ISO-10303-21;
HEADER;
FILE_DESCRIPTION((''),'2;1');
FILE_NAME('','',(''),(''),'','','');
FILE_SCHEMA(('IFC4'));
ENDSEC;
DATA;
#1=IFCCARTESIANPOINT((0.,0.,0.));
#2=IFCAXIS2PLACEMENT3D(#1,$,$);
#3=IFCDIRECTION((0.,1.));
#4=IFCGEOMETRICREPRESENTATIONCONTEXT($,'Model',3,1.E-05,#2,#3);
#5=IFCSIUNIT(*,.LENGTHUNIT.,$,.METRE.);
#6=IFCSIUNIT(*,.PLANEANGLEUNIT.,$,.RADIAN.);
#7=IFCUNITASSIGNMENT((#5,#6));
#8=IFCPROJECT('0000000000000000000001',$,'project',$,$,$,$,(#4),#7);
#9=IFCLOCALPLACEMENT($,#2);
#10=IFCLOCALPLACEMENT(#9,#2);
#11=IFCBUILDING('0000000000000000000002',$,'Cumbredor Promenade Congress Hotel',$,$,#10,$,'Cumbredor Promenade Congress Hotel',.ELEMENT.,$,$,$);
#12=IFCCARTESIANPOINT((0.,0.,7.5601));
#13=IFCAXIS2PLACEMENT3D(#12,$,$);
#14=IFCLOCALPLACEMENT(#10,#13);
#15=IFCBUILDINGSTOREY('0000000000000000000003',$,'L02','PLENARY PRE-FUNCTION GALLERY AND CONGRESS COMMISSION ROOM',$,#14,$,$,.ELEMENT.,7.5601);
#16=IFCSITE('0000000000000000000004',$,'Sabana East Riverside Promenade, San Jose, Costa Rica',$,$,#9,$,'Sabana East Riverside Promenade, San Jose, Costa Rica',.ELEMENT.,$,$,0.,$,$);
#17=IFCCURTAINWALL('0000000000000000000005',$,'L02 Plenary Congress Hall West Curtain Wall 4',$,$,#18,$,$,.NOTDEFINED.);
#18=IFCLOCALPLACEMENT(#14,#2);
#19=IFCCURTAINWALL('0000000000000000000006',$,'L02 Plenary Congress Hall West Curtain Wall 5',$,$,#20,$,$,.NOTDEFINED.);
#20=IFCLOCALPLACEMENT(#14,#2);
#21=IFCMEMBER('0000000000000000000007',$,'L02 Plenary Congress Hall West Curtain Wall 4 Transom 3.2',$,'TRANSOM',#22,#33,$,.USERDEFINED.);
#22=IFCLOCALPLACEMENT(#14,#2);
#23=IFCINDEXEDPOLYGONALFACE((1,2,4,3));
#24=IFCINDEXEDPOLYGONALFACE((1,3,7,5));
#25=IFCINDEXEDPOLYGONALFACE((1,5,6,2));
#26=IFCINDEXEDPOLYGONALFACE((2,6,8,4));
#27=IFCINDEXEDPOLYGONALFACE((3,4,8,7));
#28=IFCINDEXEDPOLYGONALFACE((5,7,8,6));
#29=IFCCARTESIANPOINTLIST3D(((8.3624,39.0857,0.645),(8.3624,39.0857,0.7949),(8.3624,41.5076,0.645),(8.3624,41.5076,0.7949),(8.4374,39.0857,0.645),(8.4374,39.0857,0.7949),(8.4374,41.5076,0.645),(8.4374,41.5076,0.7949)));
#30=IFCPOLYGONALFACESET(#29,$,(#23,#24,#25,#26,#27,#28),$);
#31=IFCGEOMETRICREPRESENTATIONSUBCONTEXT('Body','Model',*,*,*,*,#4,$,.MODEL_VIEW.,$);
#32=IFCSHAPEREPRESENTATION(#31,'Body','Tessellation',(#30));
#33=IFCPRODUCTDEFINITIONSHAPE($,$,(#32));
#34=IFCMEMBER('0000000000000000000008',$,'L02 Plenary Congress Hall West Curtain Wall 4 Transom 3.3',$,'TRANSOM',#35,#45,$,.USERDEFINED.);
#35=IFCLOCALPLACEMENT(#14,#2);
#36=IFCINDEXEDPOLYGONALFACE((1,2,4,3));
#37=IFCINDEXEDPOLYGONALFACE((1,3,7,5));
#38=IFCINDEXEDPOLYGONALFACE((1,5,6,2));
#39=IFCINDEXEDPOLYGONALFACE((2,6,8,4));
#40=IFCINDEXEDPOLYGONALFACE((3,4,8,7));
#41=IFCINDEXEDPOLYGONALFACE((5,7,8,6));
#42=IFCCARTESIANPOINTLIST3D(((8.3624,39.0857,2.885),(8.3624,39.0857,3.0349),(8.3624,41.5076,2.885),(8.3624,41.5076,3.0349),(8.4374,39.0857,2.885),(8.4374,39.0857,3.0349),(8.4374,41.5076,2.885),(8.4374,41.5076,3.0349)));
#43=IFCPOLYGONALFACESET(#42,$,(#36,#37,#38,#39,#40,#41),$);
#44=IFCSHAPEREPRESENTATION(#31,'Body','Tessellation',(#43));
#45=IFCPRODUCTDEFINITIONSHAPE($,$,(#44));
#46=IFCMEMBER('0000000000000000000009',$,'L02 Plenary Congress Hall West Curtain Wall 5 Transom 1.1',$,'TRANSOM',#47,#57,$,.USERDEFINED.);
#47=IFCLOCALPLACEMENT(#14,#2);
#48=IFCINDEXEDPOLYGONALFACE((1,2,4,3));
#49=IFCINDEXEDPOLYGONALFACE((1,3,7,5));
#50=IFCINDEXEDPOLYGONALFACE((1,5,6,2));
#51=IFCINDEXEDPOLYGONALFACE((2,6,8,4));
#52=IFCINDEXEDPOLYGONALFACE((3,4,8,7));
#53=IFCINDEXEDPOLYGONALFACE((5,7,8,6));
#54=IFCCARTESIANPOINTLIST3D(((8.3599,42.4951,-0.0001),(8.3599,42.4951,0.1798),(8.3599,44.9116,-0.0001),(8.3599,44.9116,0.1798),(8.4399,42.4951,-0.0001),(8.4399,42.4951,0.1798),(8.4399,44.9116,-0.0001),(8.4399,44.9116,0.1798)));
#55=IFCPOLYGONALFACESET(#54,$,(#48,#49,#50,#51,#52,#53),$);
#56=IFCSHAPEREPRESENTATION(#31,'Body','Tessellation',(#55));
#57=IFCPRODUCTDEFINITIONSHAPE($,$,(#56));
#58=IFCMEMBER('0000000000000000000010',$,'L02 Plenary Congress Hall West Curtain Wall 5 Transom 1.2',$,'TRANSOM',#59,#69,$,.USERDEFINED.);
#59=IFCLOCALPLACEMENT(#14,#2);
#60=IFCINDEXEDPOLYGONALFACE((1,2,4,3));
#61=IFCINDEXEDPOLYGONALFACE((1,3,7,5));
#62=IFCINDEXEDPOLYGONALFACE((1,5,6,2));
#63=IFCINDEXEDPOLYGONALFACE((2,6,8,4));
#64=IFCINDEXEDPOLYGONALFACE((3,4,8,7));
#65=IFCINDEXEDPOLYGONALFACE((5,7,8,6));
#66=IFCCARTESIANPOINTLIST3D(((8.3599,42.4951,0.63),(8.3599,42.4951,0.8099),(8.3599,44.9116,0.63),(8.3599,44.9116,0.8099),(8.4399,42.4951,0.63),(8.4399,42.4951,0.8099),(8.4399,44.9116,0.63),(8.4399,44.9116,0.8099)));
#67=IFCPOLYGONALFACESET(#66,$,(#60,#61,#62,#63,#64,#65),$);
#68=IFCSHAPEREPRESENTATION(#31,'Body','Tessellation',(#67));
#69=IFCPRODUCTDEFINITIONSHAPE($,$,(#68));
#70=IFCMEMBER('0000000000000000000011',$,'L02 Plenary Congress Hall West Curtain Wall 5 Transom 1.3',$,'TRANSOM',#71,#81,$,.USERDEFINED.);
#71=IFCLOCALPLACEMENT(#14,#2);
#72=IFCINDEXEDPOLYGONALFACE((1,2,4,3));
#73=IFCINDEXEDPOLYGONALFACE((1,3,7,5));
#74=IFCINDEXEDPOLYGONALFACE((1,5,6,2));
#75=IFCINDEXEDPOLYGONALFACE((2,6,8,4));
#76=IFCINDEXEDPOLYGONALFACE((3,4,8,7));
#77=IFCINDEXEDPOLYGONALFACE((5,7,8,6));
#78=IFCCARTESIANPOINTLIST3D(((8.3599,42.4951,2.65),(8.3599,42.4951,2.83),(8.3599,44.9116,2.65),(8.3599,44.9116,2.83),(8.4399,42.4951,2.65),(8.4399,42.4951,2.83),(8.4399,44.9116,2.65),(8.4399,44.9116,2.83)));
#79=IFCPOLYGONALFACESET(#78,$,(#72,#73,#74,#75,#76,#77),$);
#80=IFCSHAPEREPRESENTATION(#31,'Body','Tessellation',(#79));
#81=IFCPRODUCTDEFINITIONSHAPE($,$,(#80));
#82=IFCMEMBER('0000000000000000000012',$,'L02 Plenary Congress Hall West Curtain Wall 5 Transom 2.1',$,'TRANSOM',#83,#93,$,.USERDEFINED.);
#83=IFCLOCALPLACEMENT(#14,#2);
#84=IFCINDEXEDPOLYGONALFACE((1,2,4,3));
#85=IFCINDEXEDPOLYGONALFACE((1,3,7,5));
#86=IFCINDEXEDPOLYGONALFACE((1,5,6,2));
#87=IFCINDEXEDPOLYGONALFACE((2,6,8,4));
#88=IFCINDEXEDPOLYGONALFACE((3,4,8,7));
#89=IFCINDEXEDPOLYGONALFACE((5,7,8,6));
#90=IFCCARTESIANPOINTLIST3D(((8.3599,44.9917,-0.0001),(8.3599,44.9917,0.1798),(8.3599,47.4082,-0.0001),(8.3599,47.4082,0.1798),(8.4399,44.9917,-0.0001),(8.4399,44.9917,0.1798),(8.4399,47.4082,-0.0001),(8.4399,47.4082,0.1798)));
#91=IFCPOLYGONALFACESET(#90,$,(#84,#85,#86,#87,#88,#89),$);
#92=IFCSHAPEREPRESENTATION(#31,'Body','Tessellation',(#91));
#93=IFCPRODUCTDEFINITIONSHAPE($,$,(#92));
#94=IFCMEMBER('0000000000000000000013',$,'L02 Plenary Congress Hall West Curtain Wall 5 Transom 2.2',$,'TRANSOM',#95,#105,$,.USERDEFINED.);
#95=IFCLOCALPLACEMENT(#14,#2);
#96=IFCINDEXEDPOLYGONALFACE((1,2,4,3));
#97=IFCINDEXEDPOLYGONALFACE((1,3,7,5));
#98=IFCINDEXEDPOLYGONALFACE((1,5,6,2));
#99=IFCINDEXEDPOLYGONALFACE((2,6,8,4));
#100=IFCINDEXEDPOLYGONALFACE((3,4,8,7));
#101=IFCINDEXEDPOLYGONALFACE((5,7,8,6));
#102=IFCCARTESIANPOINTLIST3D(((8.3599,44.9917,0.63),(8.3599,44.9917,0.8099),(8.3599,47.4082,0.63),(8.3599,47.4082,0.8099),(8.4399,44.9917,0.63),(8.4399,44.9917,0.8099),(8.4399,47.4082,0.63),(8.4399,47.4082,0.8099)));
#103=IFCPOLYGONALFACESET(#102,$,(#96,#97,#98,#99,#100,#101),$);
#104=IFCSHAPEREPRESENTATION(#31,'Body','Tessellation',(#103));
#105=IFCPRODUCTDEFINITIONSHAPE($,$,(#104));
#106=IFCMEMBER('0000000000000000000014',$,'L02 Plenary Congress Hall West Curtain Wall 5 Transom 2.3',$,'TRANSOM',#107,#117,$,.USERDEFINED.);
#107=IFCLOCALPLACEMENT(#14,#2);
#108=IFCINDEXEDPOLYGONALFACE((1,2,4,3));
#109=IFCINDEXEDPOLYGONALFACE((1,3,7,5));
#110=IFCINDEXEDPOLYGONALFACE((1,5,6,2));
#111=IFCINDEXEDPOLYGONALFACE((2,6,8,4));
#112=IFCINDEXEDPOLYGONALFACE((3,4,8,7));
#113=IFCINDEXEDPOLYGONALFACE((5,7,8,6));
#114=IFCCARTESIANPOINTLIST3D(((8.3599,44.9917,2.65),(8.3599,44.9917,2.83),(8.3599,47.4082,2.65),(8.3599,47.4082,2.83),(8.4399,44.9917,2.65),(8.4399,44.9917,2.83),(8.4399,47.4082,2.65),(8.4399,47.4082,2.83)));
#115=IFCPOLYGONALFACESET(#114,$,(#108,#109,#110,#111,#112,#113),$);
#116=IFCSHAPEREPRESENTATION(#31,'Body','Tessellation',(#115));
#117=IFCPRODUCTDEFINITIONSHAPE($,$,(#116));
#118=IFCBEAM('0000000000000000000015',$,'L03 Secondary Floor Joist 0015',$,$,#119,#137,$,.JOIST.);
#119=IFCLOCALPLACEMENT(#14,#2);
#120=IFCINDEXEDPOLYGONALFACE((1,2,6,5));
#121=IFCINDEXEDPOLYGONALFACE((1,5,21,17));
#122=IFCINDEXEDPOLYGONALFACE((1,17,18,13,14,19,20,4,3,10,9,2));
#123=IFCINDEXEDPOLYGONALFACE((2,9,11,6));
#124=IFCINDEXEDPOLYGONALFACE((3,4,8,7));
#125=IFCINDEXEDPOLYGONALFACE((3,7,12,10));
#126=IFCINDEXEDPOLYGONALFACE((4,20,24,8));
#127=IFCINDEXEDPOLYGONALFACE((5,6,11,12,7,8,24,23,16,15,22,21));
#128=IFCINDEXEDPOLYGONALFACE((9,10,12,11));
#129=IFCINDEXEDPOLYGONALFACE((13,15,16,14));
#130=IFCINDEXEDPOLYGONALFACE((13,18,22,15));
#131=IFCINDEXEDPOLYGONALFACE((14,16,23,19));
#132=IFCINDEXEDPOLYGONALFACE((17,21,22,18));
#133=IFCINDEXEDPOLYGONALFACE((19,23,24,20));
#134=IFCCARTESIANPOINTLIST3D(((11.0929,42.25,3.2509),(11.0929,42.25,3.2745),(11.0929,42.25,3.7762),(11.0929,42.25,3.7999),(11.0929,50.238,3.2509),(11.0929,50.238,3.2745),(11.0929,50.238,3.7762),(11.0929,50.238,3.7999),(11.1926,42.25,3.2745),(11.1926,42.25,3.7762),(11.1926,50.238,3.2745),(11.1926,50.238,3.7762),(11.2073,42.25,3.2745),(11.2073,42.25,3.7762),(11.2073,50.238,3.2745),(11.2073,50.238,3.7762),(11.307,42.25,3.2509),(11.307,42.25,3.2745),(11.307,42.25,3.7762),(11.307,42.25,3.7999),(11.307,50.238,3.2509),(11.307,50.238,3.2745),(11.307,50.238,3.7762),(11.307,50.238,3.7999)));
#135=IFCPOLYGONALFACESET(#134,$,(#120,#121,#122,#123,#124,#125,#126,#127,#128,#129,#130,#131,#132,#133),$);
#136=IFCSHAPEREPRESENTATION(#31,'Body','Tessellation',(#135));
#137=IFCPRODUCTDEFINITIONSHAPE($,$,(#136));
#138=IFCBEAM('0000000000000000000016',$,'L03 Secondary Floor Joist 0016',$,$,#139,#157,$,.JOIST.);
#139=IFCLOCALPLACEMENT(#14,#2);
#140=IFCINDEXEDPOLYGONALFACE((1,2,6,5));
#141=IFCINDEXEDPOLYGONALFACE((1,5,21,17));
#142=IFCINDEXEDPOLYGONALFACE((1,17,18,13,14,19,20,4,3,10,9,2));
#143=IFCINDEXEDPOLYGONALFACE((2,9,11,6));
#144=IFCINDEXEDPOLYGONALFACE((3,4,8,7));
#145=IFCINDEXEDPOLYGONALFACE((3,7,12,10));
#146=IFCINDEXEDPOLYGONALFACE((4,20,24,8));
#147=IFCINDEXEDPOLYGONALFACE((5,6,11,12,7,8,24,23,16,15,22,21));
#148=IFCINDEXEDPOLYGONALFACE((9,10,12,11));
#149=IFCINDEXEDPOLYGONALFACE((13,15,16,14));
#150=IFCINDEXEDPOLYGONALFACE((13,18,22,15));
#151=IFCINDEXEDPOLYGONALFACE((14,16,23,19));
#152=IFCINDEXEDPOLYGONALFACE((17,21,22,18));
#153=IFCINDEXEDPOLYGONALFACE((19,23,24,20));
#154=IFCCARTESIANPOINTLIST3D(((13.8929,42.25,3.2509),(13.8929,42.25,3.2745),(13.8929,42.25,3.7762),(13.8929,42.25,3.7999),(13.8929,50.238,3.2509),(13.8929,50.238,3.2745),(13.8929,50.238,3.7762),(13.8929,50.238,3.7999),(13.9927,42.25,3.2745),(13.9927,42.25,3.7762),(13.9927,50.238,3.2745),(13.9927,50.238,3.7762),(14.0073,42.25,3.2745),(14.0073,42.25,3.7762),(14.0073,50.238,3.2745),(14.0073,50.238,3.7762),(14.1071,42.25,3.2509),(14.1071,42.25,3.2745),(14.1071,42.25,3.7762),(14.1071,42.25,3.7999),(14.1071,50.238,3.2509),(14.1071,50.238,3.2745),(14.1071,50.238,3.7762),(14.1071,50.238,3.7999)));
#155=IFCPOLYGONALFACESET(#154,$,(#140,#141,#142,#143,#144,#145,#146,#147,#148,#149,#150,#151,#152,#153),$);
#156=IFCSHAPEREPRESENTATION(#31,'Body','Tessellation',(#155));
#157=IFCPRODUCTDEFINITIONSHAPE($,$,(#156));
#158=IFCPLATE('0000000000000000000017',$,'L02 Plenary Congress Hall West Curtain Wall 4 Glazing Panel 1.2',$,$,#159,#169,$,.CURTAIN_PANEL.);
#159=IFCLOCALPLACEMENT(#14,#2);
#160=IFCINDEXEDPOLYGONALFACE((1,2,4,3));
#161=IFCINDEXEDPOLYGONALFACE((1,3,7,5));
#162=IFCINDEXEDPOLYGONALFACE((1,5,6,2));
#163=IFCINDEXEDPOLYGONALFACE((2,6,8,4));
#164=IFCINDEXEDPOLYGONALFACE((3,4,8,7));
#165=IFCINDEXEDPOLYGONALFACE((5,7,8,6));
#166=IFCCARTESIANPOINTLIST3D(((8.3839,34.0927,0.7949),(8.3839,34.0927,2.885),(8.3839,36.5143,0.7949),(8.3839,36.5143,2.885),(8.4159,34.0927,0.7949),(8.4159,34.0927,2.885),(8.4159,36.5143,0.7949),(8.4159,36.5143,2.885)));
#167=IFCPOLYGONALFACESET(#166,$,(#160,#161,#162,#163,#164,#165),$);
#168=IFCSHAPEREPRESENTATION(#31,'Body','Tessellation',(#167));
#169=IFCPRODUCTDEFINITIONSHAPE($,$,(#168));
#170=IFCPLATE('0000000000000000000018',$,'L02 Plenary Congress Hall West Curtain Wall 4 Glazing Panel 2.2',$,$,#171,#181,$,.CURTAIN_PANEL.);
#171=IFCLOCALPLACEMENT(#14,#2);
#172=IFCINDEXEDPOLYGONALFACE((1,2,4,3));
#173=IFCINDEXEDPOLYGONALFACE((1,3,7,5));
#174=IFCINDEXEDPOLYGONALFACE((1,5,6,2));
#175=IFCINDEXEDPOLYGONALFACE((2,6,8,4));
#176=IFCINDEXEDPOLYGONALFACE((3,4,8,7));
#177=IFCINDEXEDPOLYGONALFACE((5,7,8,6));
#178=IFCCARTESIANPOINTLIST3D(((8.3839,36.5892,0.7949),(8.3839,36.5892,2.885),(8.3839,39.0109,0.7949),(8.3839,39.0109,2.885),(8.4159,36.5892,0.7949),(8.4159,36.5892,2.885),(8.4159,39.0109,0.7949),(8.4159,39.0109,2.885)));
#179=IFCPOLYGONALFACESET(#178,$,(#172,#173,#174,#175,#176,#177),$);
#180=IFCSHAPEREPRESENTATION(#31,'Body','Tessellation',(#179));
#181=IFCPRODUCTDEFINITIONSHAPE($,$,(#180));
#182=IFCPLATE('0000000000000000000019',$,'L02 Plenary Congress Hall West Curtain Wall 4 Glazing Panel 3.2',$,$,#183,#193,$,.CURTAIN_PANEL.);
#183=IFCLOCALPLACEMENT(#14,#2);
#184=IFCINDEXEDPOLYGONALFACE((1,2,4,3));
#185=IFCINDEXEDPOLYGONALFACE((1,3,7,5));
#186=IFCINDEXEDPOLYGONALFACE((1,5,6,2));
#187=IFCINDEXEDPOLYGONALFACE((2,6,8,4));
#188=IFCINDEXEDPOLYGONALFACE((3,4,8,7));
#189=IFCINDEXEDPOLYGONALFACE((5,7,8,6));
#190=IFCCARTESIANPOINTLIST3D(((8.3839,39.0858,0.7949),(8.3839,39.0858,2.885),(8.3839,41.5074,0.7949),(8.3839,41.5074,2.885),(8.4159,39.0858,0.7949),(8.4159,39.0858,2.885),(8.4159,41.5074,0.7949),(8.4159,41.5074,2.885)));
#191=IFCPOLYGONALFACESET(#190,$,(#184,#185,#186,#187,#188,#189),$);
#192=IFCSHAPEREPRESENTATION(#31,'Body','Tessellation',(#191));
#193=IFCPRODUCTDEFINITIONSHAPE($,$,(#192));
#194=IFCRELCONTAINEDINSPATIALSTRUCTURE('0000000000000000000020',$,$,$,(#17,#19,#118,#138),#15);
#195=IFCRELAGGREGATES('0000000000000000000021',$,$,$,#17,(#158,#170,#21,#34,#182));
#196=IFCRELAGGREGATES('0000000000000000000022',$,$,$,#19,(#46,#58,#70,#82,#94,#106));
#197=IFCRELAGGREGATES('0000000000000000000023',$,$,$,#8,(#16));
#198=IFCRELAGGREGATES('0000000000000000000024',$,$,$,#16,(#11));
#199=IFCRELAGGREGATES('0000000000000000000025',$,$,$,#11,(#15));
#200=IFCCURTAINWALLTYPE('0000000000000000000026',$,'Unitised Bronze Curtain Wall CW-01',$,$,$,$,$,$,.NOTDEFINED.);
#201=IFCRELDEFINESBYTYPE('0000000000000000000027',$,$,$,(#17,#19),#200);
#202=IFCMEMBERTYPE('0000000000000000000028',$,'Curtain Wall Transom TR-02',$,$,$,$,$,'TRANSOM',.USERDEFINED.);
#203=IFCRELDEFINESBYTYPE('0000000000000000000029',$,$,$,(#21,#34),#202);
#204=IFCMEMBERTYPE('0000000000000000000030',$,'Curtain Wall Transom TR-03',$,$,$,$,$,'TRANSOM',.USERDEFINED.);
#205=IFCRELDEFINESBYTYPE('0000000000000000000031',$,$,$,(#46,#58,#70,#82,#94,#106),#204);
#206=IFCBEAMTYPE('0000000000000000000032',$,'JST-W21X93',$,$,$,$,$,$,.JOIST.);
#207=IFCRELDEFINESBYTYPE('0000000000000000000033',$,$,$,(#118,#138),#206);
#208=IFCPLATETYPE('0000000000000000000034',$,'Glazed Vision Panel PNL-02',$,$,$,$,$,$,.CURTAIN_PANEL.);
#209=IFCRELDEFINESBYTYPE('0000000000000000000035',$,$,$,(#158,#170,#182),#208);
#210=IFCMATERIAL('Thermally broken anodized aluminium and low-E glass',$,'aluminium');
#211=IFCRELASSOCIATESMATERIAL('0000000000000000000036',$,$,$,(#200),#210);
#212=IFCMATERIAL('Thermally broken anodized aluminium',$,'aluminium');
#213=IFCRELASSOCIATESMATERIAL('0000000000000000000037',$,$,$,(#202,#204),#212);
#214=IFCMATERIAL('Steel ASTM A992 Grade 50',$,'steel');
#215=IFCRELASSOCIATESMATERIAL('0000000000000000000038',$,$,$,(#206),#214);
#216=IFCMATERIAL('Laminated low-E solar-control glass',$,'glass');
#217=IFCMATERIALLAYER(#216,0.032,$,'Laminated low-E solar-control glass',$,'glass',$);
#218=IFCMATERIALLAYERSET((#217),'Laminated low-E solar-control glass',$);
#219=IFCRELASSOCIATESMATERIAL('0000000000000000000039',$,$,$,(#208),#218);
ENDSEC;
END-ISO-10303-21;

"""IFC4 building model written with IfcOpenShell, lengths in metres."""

from ifc_helpers import new_model, si_unit, direction, frame, origin, origin_2d, place, context, subcontext, project, spatial, rectangle, i_section, extrude, material, layer, layer_set, material_profile, profile_set, type_object, element, aggregate, save


model = new_model("IFC4")

# Units and contexts
model_context = context("Model", 3, precision=1e-05, world=origin(), true_north=direction((0.0, 1.0)))
body_context = subcontext(model_context, "Body", "Model", "MODEL_VIEW")
ifc_project = project(units=[si_unit("LENGTHUNIT", "METRE"), si_unit("PLANEANGLEUNIT", "RADIAN")], contexts=[model_context])

# Site, building, storey
site_placement = place(None, origin())
site = spatial("IfcSite", under=ifc_project, at=site_placement, Name="Sabana East Riverside Promenade, San Jose, Costa Rica", LongName="Sabana East Riverside Promenade, San Jose, Costa Rica", CompositionType="ELEMENT", RefElevation=0.0)
building_placement = place(site_placement, origin())
building = spatial("IfcBuilding", under=site, at=building_placement, Name="Cumbredor Promenade Congress Hotel", LongName="Cumbredor Promenade Congress Hotel", CompositionType="ELEMENT")
storey_placement = place(building_placement, frame((0.0, 0.0, 7.5601)))
storey = spatial("IfcBuildingStorey", under=building, at=storey_placement, Name="L02", Description="PLENARY PRE-FUNCTION GALLERY AND CONGRESS COMMISSION ROOM", CompositionType="ELEMENT", Elevation=7.5601)

# Curtain walls
ifc_material_1 = material(Name="Thermally broken anodized aluminium and low-E glass", Category="aluminium")
curtain_wall_type = type_object("IfcCurtainWallType", Name="Unitised Bronze Curtain Wall CW-01", PredefinedType="NOTDEFINED", material=ifc_material_1)
curtain_wall_1_placement = place(storey_placement, origin())
curtain_wall_1 = element("IfcCurtainWall", 1, at=curtain_wall_1_placement, inside=storey, type_object=curtain_wall_type, Name="L02 Plenary Congress Hall West Curtain Wall 4", PredefinedType="NOTDEFINED")
ifc_material_2 = material(Name="Thermally broken anodized aluminium", Category="aluminium")
curtain_wall_2_placement = place(storey_placement, origin())
curtain_wall_2 = element("IfcCurtainWall", 2, at=curtain_wall_2_placement, inside=storey, type_object=curtain_wall_type, Name="L02 Plenary Congress Hall West Curtain Wall 5", PredefinedType="NOTDEFINED")

# Members
ifc_material_profile_1 = material_profile(ifc_material_2, rectangle(XDim=0.075, YDim=0.1499, at=origin_2d()), Name="ALU TRANSOM 75x150")
ifc_profile_set_1 = profile_set([ifc_material_profile_1], Name="Thermally broken anodized aluminium")
member_type_1 = type_object("IfcMemberType", Name="Curtain Wall Transom TR-02", ElementType="TRANSOM", PredefinedType="USERDEFINED", material=ifc_profile_set_1)
member_1_placement = place(storey_placement, frame((8.3999, 39.0857, 0.72), z_axis=(0.0, 1.0, 0.0), x_axis=(-1.0, 0.0, 0.0)))
member_1 = element("IfcMember", 3, at=member_1_placement, type_object=member_type_1, Name="L02 Plenary Congress Hall West Curtain Wall 4 Transom 3.2", ObjectType="TRANSOM", PredefinedType="USERDEFINED", context=body_context, shape_type="SweptSolid", body=[
    extrude(rectangle(XDim=0.075, YDim=0.1499, at=origin_2d()), origin(), (0.0, 0.0, 1.0), 2.4219),
])
member_2_placement = place(storey_placement, frame((8.3999, 39.0857, 2.96), z_axis=(0.0, 1.0, 0.0), x_axis=(-1.0, 0.0, 0.0)))
member_2 = element("IfcMember", 4, at=member_2_placement, type_object=member_type_1, Name="L02 Plenary Congress Hall West Curtain Wall 4 Transom 3.3", ObjectType="TRANSOM", PredefinedType="USERDEFINED", context=body_context, shape_type="SweptSolid", body=[
    extrude(rectangle(XDim=0.075, YDim=0.1499, at=origin_2d()), origin(), (0.0, 0.0, 1.0), 2.4219),
])
ifc_material_profile_2 = material_profile(ifc_material_2, rectangle(XDim=0.0801, YDim=0.1799, at=origin_2d()), Name="ALU TRANSOM 80x180")
ifc_profile_set_2 = profile_set([ifc_material_profile_2], Name="Thermally broken anodized aluminium")
member_type_2 = type_object("IfcMemberType", Name="Curtain Wall Transom TR-03", ElementType="TRANSOM", PredefinedType="USERDEFINED", material=ifc_profile_set_2)
member_3_placement = place(storey_placement, frame((8.3999, 42.4951, 0.0898), z_axis=(0.0, 1.0, 0.0), x_axis=(-1.0, 0.0, 0.0)))
member_3 = element("IfcMember", 5, at=member_3_placement, type_object=member_type_2, Name="L02 Plenary Congress Hall West Curtain Wall 5 Transom 1.1", ObjectType="TRANSOM", PredefinedType="USERDEFINED", context=body_context, shape_type="SweptSolid", body=[
    extrude(rectangle(XDim=0.0801, YDim=0.1799, at=origin_2d()), origin(), (0.0, 0.0, 1.0), 2.4165),
])
member_4_placement = place(storey_placement, frame((8.3999, 42.4951, 0.72), z_axis=(0.0, 1.0, 0.0), x_axis=(-1.0, 0.0, 0.0)))
member_4 = element("IfcMember", 6, at=member_4_placement, type_object=member_type_2, Name="L02 Plenary Congress Hall West Curtain Wall 5 Transom 1.2", ObjectType="TRANSOM", PredefinedType="USERDEFINED", context=body_context, shape_type="SweptSolid", body=[
    extrude(rectangle(XDim=0.0801, YDim=0.1799, at=origin_2d()), origin(), (0.0, 0.0, 1.0), 2.4165),
])
member_5_placement = place(storey_placement, frame((8.3999, 42.4951, 2.74), z_axis=(0.0, 1.0, 0.0), x_axis=(-1.0, 0.0, 0.0)))
member_5 = element("IfcMember", 7, at=member_5_placement, type_object=member_type_2, Name="L02 Plenary Congress Hall West Curtain Wall 5 Transom 1.3", ObjectType="TRANSOM", PredefinedType="USERDEFINED", context=body_context, shape_type="SweptSolid", body=[
    extrude(rectangle(XDim=0.0801, YDim=0.1799, at=origin_2d()), origin(), (0.0, 0.0, 1.0), 2.4165),
])
member_6_placement = place(storey_placement, frame((8.3999, 44.9917, 0.0898), z_axis=(0.0, 1.0, 0.0), x_axis=(-1.0, 0.0, 0.0)))
member_6 = element("IfcMember", 8, at=member_6_placement, type_object=member_type_2, Name="L02 Plenary Congress Hall West Curtain Wall 5 Transom 2.1", ObjectType="TRANSOM", PredefinedType="USERDEFINED", context=body_context, shape_type="SweptSolid", body=[
    extrude(rectangle(XDim=0.0801, YDim=0.1799, at=origin_2d()), origin(), (0.0, 0.0, 1.0), 2.4165),
])
member_7_placement = place(storey_placement, frame((8.3999, 44.9917, 0.72), z_axis=(0.0, 1.0, 0.0), x_axis=(-1.0, 0.0, 0.0)))
member_7 = element("IfcMember", 9, at=member_7_placement, type_object=member_type_2, Name="L02 Plenary Congress Hall West Curtain Wall 5 Transom 2.2", ObjectType="TRANSOM", PredefinedType="USERDEFINED", context=body_context, shape_type="SweptSolid", body=[
    extrude(rectangle(XDim=0.0801, YDim=0.1799, at=origin_2d()), origin(), (0.0, 0.0, 1.0), 2.4165),
])
member_8_placement = place(storey_placement, frame((8.3999, 44.9917, 2.74), z_axis=(0.0, 1.0, 0.0), x_axis=(-1.0, 0.0, 0.0)))
member_8 = element("IfcMember", 10, at=member_8_placement, type_object=member_type_2, Name="L02 Plenary Congress Hall West Curtain Wall 5 Transom 2.3", ObjectType="TRANSOM", PredefinedType="USERDEFINED", context=body_context, shape_type="SweptSolid", body=[
    extrude(rectangle(XDim=0.0801, YDim=0.1799, at=origin_2d()), origin(), (0.0, 0.0, 1.0), 2.4165),
])

# Beams
ifc_material_3 = material(Name="Steel ASTM A992 Grade 50", Category="steel")
ifc_material_profile_3 = material_profile(ifc_material_3, i_section(OverallWidth=0.2141, OverallDepth=0.5491, WebThickness=0.0146, FlangeThickness=0.0237, at=origin_2d()), Name="W21X93")
ifc_profile_set_3 = profile_set([ifc_material_profile_3], Name="Steel ASTM A992 Grade 50")
beam_type_1 = type_object("IfcBeamType", Name="JST-W21X93", PredefinedType="JOIST", material=ifc_profile_set_3)
for number, where, z_axis, x_axis, name in (
    (11, (11.2, 42.25, 3.5254), (0.0, 1.0, 0.0), (-1.0, 0.0, 0.0), "L03 Secondary Floor Joist 0015"),
    (12, (14.0, 42.25, 3.5254), (0.0, 1.0, 0.0), (-1.0, 0.0, 0.0), "L03 Secondary Floor Joist 0016"),
):
    element("IfcBeam", number, at=place(storey_placement, frame(where, z_axis=z_axis, x_axis=x_axis)), inside=storey, type_object=beam_type_1, Name=name, PredefinedType="JOIST", context=body_context, shape_type="SweptSolid", body=[
        extrude(i_section(OverallWidth=0.2141, OverallDepth=0.5491, WebThickness=0.0146, FlangeThickness=0.0237, at=origin_2d()), origin(), (0.0, 0.0, 1.0), 7.988),
    ])

# Plates
ifc_material_4 = material(Name="Laminated low-E solar-control glass", Category="glass")
ifc_layer_1 = layer(ifc_material_4, 0.032, Name="Laminated low-E solar-control glass", Category="glass")
ifc_layer_set_1 = layer_set([ifc_layer_1], Name="Laminated low-E solar-control glass")
plate_type_1 = type_object("IfcPlateType", Name="Glazed Vision Panel PNL-02", PredefinedType="CURTAIN_PANEL", material=ifc_layer_set_1)
plate_1_placement = place(storey_placement, frame((8.3999, 35.3035, 0.7949), z_axis=(0.0, 0.0, 1.0), x_axis=(0.0, 1.0, 0.0)))
plate_1 = element("IfcPlate", 13, at=plate_1_placement, type_object=plate_type_1, Name="L02 Plenary Congress Hall West Curtain Wall 4 Glazing Panel 1.2", PredefinedType="CURTAIN_PANEL", context=body_context, shape_type="SweptSolid", body=[
    extrude(rectangle(XDim=2.4216, YDim=0.032, at=origin_2d()), origin(), (0.0, 0.0, 1.0), 2.0901),
])
plate_2_placement = place(storey_placement, frame((8.3999, 37.8, 0.7949), z_axis=(0.0, 0.0, 1.0), x_axis=(0.0, 1.0, 0.0)))
plate_2 = element("IfcPlate", 14, at=plate_2_placement, type_object=plate_type_1, Name="L02 Plenary Congress Hall West Curtain Wall 4 Glazing Panel 2.2", PredefinedType="CURTAIN_PANEL", context=body_context, shape_type="SweptSolid", body=[
    extrude(rectangle(XDim=2.4216, YDim=0.032, at=origin_2d()), origin(), (0.0, 0.0, 1.0), 2.0901),
])
plate_3_placement = place(storey_placement, frame((8.3999, 40.2966, 0.7949), z_axis=(0.0, 0.0, 1.0), x_axis=(0.0, 1.0, 0.0)))
plate_3 = element("IfcPlate", 15, at=plate_3_placement, type_object=plate_type_1, Name="L02 Plenary Congress Hall West Curtain Wall 4 Glazing Panel 3.2", PredefinedType="CURTAIN_PANEL", context=body_context, shape_type="SweptSolid", body=[
    extrude(rectangle(XDim=2.4216, YDim=0.032, at=origin_2d()), origin(), (0.0, 0.0, 1.0), 2.0901),
])
aggregate(curtain_wall_1, [plate_1, plate_2, member_1, member_2, plate_3])
aggregate(curtain_wall_2, [member_3, member_4, member_5, member_6, member_7, member_8])

save(model, "model.ifc")
